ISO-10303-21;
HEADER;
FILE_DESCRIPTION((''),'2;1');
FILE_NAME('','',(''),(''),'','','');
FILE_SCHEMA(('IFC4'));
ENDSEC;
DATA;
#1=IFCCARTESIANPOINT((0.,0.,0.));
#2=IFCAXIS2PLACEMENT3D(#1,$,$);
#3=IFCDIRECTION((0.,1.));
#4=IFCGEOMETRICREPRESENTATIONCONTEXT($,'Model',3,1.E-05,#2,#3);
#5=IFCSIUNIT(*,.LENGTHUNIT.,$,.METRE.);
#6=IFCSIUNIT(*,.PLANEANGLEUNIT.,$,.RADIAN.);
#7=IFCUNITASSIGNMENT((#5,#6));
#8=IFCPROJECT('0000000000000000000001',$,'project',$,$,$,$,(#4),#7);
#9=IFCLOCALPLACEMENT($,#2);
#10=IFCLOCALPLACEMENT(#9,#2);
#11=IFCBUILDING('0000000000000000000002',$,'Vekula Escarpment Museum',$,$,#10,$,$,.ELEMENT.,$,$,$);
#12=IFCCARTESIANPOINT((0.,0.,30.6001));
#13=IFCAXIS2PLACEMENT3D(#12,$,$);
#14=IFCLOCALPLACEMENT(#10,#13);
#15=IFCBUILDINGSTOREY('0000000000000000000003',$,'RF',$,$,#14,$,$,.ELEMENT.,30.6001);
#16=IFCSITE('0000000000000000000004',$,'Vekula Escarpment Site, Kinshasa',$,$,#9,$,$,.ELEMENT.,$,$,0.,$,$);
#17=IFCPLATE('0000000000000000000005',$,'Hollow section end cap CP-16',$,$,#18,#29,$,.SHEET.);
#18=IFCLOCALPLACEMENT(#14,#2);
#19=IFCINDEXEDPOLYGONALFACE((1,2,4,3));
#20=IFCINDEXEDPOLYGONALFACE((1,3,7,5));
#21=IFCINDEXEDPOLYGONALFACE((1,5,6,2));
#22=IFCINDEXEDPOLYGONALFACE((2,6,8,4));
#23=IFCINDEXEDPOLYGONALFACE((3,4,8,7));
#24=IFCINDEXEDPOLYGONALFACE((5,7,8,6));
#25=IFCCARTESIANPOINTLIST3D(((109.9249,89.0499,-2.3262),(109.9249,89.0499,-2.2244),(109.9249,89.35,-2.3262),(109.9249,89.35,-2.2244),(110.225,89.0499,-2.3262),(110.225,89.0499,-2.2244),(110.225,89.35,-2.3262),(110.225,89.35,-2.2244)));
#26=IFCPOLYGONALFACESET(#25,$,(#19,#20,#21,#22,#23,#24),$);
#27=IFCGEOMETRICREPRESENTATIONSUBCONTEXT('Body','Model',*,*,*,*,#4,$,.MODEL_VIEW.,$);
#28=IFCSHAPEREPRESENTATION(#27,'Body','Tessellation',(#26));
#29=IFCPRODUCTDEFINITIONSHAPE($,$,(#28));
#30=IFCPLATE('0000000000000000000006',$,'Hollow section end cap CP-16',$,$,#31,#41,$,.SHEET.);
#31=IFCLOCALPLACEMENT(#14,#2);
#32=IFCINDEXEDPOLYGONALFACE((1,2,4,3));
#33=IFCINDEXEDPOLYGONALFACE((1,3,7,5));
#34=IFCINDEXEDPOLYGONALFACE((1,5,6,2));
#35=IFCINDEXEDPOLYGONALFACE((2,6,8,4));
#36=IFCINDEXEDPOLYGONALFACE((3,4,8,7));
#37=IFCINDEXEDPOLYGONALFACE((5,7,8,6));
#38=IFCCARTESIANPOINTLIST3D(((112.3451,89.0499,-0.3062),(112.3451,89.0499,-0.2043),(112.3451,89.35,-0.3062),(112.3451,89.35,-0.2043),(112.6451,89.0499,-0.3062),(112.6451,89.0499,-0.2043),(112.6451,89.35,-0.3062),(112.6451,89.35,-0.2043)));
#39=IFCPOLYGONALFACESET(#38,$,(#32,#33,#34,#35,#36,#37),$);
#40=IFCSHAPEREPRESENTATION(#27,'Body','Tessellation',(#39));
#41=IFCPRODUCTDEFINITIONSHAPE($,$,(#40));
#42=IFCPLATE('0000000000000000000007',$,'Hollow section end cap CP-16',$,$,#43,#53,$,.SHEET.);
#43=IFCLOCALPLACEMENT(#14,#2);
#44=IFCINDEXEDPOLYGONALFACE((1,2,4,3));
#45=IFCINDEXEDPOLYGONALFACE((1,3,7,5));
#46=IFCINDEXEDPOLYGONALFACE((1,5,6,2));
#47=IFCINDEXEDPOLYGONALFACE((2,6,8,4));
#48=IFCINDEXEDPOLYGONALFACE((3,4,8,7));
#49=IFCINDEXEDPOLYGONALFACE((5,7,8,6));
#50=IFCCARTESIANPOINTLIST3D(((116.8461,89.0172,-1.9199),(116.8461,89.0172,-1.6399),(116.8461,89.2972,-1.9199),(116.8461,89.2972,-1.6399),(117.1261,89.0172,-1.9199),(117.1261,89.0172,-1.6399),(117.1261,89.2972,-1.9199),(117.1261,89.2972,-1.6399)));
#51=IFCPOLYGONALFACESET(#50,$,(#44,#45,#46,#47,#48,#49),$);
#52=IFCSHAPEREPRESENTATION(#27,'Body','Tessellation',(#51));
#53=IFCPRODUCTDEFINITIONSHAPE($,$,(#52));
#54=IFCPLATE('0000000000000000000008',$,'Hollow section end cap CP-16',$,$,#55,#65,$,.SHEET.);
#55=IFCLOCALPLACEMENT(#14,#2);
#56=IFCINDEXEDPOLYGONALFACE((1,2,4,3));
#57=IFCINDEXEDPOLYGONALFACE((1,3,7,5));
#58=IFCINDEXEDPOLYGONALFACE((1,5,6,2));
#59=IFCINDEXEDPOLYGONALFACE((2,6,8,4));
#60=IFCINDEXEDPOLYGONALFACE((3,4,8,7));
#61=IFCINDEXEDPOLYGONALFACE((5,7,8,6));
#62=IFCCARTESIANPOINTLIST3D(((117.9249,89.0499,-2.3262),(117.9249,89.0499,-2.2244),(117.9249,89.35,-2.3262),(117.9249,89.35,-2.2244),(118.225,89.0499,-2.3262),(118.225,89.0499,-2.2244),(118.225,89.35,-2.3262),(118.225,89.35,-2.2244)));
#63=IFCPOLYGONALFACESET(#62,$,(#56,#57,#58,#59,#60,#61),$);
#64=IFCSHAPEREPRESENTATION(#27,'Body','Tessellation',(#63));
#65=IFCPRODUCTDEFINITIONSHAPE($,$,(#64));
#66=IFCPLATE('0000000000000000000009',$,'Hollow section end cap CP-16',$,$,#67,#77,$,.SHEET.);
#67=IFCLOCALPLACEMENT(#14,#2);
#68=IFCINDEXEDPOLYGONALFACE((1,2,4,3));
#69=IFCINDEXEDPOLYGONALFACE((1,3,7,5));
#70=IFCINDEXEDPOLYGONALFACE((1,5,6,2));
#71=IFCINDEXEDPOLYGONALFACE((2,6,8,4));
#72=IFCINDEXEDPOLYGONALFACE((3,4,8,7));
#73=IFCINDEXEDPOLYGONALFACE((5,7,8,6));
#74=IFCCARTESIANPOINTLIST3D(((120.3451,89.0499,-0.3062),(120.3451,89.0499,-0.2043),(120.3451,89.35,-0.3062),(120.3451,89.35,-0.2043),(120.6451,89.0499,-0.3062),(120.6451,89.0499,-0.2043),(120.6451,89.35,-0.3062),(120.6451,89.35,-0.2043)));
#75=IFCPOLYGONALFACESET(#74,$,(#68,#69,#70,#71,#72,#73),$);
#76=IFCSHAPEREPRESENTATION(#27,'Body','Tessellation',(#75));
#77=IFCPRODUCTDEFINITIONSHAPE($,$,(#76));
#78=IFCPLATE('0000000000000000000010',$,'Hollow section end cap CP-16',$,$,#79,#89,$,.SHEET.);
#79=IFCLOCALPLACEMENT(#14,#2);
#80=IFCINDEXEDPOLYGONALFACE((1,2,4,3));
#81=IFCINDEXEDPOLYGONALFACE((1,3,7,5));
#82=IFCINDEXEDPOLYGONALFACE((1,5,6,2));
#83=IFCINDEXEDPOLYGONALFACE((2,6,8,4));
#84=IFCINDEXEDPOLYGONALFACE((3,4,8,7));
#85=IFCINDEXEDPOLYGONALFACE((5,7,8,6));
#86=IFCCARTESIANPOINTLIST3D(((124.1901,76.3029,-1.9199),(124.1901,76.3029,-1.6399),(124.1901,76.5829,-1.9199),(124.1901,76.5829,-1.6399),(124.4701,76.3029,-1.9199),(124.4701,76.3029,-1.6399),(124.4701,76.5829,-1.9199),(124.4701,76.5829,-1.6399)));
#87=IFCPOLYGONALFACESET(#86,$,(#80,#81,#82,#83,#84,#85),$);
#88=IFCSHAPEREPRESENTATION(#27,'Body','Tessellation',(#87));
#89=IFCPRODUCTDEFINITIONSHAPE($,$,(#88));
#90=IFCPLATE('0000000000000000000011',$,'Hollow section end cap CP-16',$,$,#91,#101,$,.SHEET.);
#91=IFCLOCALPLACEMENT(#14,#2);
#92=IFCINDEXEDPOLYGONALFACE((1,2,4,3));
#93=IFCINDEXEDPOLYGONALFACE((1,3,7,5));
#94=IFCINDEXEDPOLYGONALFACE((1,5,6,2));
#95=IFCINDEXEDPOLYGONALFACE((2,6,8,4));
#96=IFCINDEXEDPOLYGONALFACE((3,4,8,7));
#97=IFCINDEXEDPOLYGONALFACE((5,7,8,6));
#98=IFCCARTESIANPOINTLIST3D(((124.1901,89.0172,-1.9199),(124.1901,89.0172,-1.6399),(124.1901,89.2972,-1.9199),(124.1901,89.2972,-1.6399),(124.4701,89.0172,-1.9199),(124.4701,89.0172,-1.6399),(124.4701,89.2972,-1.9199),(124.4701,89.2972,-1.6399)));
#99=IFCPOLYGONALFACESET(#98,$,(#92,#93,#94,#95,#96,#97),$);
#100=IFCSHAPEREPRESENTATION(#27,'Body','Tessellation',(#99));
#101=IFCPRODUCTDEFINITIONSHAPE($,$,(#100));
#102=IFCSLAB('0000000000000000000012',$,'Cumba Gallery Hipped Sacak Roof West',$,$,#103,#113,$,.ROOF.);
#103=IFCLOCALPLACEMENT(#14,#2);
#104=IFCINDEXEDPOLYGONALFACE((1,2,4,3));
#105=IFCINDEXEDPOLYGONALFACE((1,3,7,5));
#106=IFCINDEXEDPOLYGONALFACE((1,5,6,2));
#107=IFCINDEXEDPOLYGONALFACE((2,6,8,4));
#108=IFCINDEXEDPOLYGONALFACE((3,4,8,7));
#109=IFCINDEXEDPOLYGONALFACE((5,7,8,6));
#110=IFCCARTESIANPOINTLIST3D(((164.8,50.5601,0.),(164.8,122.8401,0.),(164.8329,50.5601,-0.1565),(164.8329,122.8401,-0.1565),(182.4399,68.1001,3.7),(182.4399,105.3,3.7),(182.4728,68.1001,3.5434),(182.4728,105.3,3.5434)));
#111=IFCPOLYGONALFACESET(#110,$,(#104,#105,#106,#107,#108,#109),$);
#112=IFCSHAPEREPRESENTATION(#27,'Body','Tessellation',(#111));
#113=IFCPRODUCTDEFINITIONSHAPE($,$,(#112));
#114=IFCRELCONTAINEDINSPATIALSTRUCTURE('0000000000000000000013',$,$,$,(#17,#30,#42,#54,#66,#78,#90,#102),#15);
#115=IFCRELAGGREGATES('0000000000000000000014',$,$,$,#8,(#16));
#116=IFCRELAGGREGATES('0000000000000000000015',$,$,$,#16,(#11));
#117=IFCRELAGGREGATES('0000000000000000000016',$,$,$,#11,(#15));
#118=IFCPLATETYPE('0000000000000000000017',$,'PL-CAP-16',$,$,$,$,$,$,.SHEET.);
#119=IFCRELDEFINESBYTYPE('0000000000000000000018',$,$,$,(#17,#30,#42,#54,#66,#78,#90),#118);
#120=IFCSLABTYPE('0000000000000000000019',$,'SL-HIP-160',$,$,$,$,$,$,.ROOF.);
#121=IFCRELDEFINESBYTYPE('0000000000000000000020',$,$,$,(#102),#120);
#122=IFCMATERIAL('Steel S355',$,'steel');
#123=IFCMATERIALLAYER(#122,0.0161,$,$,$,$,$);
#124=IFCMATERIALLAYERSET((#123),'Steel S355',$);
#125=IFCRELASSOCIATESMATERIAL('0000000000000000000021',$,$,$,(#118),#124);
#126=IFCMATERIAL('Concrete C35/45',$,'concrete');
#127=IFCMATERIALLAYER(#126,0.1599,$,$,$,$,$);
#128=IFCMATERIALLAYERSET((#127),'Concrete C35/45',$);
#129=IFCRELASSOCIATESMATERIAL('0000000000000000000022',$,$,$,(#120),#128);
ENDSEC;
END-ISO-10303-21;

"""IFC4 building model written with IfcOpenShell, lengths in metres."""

from ifc_helpers import new_model, si_unit, direction, frame, origin, origin_2d, place, context, subcontext, project, spatial, polyline, rectangle, outline, extrude, material, layer, layer_set, type_object, element, save


model = new_model("IFC4")

# Units and contexts
model_context = context("Model", 3, precision=1e-05, world=origin(), true_north=direction((0.0, 1.0)))
body_context = subcontext(model_context, "Body", "Model", "MODEL_VIEW")
ifc_project = project(units=[si_unit("LENGTHUNIT", "METRE"), si_unit("PLANEANGLEUNIT", "RADIAN")], contexts=[model_context])

# Site, building, storey
site_placement = place(None, origin())
site = spatial("IfcSite", under=ifc_project, at=site_placement, Name="Vekula Escarpment Site, Kinshasa", CompositionType="ELEMENT", RefElevation=0.0)
building_placement = place(site_placement, origin())
building = spatial("IfcBuilding", under=site, at=building_placement, Name="Vekula Escarpment Museum", CompositionType="ELEMENT")
storey_placement = place(building_placement, frame((0.0, 0.0, 30.6001)))
storey = spatial("IfcBuildingStorey", under=building, at=storey_placement, Name="RF", CompositionType="ELEMENT", Elevation=30.6001)

# Plates
ifc_material_1 = material(Name="Steel S355", Category="steel")
ifc_layer_1 = layer(ifc_material_1, 0.0161)
ifc_layer_set_1 = layer_set([ifc_layer_1], Name="Steel S355")
plate_type = type_object("IfcPlateType", Name="PL-CAP-16", PredefinedType="SHEET", material=ifc_layer_set_1)
for number, where, z_axis, x_axis, name in (
    (1, (110.075, 89.2, -2.3262), (0.0, 0.0, 1.0), (1.0, 0.0, 0.0), "Hollow section end cap CP-16"),
    (2, (112.4951, 89.2, -0.3062), (0.0, 0.0, 1.0), (1.0, 0.0, 0.0), "Hollow section end cap CP-16"),
):
    element("IfcPlate", number, at=place(storey_placement, frame(where, z_axis=z_axis, x_axis=x_axis)), inside=storey, type_object=plate_type, Name=name, PredefinedType="SHEET", context=body_context, shape_type="SweptSolid", body=[
        extrude(rectangle(XDim=0.3, YDim=0.3, at=origin_2d()), origin(), (0.0, 0.0, 1.0), 0.1018),
    ])
plate_1_placement = place(storey_placement, frame((116.9861, 89.1572, -1.9199), z_axis=(0.0, 0.0, 1.0), x_axis=(1.0, 0.0, 0.0)))
element("IfcPlate", 3, at=plate_1_placement, inside=storey, type_object=plate_type, Name="Hollow section end cap CP-16", PredefinedType="SHEET", context=body_context, shape_type="SweptSolid", body=[
    extrude(rectangle(XDim=0.28, YDim=0.28, at=origin_2d()), origin(), (0.0, 0.0, 1.0), 0.28),
])
for number, where, z_axis, x_axis, name in (
    (4, (118.075, 89.2, -2.3262), (0.0, 0.0, 1.0), (1.0, 0.0, 0.0), "Hollow section end cap CP-16"),
    (5, (120.4951, 89.2, -0.3062), (0.0, 0.0, 1.0), (1.0, 0.0, 0.0), "Hollow section end cap CP-16"),
):
    element("IfcPlate", number, at=place(storey_placement, frame(where, z_axis=z_axis, x_axis=x_axis)), inside=storey, type_object=plate_type, Name=name, PredefinedType="SHEET", context=body_context, shape_type="SweptSolid", body=[
        extrude(rectangle(XDim=0.3, YDim=0.3, at=origin_2d()), origin(), (0.0, 0.0, 1.0), 0.1018),
    ])
for number, where, z_axis, x_axis, name in (
    (6, (124.3301, 76.4429, -1.9199), (0.0, 0.0, 1.0), (1.0, 0.0, 0.0), "Hollow section end cap CP-16"),
    (7, (124.3301, 89.1572, -1.9199), (0.0, 0.0, 1.0), (1.0, 0.0, 0.0), "Hollow section end cap CP-16"),
):
    element("IfcPlate", number, at=place(storey_placement, frame(where, z_axis=z_axis, x_axis=x_axis)), inside=storey, type_object=plate_type, Name=name, PredefinedType="SHEET", context=body_context, shape_type="SweptSolid", body=[
        extrude(rectangle(XDim=0.28, YDim=0.28, at=origin_2d()), origin(), (0.0, 0.0, 1.0), 0.28),
    ])

# Slab
ifc_material_2 = material(Name="Concrete C35/45", Category="concrete")
ifc_layer_2 = layer(ifc_material_2, 0.1599)
ifc_layer_set_2 = layer_set([ifc_layer_2], Name="Concrete C35/45")
slab_type = type_object("IfcSlabType", Name="SL-HIP-160", PredefinedType="ROOF", material=ifc_layer_set_2)
slab_placement = place(storey_placement, frame((164.8, 122.8401, 0.0), z_axis=(-0.205282, 0.0, 0.978703), x_axis=(0.0, -1.0, 0.0)))
element("IfcSlab", 8, at=slab_placement, inside=storey, type_object=slab_type, Name="Cumba Gallery Hipped Sacak Roof West", PredefinedType="ROOF", context=body_context, shape_type="SweptSolid", body=[
    extrude(outline(polyline([(0.0, 0.0), (72.28, 0.0), (54.74, 18.0237), (17.54, 18.0237), (0.0, 0.0)])), origin(), (0.0, 0.0, -1.0), 0.1599),
])

save(model, "model.ifc")
